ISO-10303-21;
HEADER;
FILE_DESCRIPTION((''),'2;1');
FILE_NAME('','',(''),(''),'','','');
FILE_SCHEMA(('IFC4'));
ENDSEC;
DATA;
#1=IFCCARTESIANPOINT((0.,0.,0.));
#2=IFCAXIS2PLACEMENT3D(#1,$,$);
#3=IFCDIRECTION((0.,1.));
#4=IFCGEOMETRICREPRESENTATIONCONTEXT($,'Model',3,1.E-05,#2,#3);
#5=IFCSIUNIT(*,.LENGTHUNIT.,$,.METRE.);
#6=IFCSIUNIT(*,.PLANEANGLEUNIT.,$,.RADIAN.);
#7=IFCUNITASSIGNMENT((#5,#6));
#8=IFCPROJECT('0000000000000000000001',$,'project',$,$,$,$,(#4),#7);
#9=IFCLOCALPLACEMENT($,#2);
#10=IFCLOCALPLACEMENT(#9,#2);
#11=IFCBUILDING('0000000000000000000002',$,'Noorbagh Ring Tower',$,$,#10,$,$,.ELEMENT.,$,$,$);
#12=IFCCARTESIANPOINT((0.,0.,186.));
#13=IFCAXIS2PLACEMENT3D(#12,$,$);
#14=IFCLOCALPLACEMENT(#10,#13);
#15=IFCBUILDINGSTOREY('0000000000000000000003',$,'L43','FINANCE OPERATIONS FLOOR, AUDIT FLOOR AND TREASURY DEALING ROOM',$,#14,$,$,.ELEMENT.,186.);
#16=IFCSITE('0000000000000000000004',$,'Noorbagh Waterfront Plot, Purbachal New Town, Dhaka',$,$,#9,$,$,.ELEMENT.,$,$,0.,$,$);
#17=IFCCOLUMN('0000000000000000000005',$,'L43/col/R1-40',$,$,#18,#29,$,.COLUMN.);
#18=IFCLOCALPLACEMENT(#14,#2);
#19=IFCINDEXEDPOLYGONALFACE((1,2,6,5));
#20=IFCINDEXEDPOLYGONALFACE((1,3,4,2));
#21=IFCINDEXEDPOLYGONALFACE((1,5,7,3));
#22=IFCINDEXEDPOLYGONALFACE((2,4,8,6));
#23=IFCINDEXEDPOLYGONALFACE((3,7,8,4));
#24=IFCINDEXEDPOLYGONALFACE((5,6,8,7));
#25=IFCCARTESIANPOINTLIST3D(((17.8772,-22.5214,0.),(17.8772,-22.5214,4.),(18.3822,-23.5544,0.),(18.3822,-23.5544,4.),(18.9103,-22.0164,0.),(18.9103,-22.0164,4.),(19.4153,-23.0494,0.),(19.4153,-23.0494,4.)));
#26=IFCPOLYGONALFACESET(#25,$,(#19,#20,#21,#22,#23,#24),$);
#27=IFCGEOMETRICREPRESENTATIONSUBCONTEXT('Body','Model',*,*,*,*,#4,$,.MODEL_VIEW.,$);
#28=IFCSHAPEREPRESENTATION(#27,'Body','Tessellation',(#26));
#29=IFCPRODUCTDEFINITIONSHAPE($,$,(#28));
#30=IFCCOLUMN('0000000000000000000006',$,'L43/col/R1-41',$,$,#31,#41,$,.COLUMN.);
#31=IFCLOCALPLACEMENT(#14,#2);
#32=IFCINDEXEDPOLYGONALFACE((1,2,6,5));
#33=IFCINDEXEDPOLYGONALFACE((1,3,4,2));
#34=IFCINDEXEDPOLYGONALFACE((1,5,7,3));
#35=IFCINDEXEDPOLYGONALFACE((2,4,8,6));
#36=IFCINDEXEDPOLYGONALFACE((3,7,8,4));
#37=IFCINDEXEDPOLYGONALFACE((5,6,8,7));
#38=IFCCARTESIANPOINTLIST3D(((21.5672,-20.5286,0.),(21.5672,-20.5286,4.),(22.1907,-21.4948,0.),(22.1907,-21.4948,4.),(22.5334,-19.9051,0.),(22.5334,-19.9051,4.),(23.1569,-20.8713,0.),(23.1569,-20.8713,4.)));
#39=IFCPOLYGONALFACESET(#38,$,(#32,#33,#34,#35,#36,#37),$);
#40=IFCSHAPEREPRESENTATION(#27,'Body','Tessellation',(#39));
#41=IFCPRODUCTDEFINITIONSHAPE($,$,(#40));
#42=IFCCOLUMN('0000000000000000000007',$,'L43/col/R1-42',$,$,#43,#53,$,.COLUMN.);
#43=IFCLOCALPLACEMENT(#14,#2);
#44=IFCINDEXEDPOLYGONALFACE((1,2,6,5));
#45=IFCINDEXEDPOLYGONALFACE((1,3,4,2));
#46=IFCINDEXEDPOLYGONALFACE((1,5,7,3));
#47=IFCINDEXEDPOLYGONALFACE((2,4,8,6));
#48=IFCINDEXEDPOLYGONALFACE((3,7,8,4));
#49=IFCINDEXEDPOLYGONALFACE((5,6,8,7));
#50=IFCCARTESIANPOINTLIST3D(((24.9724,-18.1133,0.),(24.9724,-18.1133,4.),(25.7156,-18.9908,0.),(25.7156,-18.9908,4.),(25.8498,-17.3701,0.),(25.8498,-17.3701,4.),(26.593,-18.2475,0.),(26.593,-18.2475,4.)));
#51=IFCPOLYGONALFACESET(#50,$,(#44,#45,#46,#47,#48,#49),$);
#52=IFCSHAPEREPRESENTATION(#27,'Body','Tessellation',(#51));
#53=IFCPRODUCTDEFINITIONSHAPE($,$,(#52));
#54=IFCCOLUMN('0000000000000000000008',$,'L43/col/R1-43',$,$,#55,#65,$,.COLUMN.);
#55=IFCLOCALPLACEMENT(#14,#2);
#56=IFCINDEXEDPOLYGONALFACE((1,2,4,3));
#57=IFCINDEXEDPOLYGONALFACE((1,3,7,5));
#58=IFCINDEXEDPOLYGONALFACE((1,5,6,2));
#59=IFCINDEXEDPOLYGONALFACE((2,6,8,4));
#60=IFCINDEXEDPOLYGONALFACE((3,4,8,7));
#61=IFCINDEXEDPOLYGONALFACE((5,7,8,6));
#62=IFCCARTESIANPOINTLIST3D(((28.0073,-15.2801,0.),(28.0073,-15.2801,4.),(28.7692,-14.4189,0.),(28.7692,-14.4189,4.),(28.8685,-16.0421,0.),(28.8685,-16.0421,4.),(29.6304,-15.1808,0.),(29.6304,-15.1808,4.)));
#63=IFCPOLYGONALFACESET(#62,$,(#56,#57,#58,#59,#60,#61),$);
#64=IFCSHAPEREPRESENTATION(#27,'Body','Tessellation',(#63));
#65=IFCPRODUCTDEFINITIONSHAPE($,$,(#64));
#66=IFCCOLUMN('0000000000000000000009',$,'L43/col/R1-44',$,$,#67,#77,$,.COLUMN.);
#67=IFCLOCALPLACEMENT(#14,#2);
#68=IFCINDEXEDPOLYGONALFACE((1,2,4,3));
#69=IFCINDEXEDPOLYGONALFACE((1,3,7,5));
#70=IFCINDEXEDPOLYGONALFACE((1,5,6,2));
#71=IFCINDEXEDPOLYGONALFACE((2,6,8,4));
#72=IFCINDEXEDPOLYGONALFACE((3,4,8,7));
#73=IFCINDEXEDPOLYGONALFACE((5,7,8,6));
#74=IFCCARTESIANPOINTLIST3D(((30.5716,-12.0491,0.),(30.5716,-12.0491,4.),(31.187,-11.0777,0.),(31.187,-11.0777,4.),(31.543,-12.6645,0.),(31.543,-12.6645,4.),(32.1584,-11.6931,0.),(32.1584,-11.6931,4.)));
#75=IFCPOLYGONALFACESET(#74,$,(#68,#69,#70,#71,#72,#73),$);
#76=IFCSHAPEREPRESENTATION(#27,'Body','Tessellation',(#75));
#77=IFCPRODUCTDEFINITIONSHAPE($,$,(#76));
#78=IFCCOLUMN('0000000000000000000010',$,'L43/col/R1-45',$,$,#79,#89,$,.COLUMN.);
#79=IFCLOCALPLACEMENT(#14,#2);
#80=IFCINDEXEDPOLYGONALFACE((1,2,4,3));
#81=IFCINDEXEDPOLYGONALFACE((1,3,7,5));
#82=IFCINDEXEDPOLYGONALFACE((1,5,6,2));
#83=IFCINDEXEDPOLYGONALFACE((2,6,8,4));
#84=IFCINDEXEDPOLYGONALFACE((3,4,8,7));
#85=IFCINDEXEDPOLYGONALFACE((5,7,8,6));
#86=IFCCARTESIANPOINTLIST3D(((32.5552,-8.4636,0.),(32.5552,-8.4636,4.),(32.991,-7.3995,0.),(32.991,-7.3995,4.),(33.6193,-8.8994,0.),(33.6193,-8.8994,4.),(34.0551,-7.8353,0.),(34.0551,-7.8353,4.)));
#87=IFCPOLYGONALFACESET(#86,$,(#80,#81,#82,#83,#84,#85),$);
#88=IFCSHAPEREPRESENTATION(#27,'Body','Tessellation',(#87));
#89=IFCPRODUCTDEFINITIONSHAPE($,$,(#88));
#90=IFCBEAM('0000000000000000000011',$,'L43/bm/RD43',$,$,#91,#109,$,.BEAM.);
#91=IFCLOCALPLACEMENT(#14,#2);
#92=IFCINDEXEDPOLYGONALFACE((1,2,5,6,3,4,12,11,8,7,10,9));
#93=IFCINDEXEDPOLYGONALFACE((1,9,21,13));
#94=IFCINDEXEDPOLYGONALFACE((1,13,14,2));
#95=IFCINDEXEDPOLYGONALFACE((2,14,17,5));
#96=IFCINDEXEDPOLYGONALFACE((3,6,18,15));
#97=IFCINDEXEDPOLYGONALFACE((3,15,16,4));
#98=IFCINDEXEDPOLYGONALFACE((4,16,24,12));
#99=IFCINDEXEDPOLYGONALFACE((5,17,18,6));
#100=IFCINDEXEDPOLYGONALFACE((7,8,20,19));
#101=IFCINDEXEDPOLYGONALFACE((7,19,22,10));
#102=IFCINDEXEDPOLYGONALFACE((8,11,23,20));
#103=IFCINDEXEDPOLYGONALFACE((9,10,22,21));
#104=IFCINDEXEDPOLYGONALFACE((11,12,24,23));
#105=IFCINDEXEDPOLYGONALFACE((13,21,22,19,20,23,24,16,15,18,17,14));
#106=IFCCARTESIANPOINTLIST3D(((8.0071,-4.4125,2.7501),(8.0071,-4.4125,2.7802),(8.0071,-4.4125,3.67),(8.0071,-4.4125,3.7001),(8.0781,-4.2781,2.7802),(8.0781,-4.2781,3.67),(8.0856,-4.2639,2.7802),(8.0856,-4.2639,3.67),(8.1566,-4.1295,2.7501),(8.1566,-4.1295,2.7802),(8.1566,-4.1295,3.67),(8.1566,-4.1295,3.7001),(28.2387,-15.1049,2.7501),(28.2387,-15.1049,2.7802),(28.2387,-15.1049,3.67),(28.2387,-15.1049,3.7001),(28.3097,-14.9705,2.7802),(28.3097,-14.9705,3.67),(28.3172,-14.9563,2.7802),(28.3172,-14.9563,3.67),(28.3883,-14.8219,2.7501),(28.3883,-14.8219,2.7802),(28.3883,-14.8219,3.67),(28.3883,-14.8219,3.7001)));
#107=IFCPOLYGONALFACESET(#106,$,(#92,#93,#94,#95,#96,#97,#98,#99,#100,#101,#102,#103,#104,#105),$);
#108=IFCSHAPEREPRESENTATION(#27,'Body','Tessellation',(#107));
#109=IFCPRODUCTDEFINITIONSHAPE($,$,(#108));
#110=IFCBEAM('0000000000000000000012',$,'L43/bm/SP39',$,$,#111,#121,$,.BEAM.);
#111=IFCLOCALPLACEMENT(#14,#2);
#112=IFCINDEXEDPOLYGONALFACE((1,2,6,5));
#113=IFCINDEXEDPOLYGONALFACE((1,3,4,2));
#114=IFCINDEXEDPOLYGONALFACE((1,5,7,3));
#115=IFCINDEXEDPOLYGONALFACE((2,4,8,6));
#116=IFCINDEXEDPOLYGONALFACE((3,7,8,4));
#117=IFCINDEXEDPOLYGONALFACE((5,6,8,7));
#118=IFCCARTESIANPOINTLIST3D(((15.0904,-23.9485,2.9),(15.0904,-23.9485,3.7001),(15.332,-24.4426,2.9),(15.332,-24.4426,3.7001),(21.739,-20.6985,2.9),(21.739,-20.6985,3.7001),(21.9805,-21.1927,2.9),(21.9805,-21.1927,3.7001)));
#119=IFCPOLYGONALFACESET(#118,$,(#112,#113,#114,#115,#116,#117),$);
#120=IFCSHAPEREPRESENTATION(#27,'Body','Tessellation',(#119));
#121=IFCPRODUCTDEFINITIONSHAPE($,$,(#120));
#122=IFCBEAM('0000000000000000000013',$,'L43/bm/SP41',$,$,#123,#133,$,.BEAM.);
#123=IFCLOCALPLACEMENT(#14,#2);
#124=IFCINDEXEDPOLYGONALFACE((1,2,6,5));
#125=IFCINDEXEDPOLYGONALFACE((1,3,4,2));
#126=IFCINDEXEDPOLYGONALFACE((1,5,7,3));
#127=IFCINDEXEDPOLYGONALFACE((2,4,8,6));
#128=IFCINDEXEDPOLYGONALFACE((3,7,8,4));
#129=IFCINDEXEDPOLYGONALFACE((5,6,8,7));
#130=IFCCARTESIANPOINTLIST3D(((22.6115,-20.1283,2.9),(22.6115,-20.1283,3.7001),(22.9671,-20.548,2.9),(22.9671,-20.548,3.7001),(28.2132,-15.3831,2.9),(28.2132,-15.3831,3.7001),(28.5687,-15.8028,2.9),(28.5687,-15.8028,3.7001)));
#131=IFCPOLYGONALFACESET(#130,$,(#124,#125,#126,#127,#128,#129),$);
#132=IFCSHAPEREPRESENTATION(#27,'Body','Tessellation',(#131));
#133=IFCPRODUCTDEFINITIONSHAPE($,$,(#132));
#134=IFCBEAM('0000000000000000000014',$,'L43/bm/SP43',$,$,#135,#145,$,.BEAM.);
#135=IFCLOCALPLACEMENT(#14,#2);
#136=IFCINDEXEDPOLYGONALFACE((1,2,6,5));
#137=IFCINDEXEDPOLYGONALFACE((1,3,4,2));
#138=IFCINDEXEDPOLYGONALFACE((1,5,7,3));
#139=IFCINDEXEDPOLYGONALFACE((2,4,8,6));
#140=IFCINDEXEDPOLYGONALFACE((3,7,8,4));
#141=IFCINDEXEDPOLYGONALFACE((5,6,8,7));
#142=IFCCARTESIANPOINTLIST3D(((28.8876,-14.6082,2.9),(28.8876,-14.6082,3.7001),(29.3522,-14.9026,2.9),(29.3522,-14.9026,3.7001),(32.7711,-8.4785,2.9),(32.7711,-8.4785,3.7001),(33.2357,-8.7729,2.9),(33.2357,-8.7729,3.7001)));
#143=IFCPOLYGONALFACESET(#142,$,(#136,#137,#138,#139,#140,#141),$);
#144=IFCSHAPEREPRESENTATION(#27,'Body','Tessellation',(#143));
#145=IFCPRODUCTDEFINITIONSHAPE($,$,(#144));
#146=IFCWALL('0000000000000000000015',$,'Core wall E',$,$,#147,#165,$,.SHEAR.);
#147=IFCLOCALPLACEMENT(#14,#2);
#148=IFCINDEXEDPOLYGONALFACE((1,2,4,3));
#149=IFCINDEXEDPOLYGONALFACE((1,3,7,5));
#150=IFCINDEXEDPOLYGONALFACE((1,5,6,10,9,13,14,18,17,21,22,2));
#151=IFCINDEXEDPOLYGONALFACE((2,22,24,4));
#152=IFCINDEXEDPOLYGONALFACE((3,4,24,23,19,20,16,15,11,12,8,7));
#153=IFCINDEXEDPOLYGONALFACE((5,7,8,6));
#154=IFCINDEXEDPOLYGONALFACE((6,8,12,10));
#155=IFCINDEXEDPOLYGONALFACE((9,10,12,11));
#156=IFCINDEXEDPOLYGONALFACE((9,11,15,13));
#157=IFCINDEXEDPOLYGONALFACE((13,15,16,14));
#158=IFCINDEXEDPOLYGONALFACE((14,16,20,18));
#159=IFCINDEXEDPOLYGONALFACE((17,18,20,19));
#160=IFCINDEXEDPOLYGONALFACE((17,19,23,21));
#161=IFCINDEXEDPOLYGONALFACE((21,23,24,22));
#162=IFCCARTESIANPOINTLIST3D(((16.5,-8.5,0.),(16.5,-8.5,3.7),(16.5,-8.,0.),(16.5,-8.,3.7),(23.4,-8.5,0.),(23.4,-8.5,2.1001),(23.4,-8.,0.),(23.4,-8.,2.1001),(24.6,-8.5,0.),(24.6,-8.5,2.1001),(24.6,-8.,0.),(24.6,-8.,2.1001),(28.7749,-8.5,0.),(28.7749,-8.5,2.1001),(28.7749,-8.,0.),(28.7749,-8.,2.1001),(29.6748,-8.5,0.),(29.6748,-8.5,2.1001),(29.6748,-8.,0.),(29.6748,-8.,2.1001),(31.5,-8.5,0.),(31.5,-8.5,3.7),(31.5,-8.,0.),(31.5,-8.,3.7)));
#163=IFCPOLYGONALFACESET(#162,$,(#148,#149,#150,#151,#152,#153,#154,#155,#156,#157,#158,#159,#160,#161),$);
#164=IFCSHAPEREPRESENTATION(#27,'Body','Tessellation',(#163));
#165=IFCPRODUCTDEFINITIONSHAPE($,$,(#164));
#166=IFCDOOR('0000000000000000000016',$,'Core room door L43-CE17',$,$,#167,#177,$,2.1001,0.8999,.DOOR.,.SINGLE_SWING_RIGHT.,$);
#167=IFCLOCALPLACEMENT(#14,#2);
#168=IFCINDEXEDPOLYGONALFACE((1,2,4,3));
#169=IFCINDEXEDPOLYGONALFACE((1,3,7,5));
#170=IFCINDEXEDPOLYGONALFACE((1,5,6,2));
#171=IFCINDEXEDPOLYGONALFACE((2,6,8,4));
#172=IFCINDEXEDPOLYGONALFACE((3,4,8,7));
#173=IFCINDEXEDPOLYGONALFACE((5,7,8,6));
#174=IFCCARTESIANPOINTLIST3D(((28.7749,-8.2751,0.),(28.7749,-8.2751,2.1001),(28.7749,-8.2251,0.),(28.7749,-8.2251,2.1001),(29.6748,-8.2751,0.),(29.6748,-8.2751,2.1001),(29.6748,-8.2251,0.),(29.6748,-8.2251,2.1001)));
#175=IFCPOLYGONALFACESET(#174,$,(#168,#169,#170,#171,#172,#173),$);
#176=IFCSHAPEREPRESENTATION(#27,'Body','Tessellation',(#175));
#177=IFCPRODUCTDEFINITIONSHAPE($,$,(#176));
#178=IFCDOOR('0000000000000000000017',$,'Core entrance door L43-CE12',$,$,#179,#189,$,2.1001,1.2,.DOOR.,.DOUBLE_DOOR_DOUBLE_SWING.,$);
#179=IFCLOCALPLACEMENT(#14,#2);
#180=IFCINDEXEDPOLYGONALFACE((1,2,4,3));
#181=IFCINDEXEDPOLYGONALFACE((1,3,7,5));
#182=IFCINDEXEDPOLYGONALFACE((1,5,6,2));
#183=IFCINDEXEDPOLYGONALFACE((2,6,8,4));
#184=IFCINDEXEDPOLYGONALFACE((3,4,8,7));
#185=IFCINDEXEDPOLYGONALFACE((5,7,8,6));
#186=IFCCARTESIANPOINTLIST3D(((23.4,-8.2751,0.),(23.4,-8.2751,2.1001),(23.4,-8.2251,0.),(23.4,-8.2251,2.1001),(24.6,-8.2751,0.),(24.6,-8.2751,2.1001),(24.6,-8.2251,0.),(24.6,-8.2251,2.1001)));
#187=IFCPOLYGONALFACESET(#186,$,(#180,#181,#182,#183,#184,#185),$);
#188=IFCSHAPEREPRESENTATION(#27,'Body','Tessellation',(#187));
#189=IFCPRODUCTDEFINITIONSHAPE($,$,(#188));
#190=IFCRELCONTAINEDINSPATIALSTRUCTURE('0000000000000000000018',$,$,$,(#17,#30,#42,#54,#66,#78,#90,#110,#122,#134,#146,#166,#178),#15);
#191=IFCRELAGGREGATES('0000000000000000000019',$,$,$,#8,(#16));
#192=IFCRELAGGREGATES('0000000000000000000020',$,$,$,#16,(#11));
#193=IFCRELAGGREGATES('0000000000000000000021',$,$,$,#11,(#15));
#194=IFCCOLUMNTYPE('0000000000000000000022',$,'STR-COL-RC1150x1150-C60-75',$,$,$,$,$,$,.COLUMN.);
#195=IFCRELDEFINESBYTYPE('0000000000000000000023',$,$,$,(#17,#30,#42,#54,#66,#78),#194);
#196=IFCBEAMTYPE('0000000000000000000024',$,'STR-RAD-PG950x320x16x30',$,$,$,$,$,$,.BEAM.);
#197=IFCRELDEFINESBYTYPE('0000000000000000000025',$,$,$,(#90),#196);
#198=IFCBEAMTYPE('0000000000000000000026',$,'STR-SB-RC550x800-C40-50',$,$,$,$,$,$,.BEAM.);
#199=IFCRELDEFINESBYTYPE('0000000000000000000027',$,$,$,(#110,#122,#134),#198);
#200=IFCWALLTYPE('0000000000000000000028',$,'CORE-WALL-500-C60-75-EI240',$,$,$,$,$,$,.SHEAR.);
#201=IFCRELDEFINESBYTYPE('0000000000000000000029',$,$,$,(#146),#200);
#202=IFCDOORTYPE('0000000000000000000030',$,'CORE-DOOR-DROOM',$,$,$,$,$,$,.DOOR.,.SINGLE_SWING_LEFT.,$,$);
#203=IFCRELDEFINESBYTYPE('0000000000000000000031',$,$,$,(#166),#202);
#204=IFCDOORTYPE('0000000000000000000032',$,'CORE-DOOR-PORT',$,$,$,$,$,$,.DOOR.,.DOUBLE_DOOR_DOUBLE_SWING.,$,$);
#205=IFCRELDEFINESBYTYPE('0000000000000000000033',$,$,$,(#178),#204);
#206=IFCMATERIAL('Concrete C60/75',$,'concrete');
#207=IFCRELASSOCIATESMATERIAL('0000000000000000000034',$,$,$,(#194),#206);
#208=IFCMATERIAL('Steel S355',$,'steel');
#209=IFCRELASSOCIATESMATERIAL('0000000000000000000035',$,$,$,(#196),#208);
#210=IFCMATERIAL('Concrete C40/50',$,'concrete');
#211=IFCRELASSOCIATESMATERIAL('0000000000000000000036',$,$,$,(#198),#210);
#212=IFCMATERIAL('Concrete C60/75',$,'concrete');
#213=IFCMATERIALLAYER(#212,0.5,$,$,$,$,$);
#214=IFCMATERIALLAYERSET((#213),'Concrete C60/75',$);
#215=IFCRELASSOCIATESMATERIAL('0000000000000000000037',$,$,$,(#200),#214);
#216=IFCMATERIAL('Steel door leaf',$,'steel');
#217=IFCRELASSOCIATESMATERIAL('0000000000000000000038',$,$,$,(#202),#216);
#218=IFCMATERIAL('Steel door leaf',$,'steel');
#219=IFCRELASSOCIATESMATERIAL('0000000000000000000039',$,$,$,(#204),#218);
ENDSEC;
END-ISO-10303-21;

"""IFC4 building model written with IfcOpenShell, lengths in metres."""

from ifc_helpers import new_model, si_unit, direction, frame, frame_2d, origin, origin_2d, place, context, subcontext, project, spatial, rectangle, i_section, extrude, material, layer, layer_set, material_profile, profile_set, type_object, element, fill, save


model = new_model("IFC4")

# Units and contexts
model_context = context("Model", 3, precision=1e-05, world=origin(), true_north=direction((0.0, 1.0)))
body_context = subcontext(model_context, "Body", "Model", "MODEL_VIEW")
ifc_project = project(units=[si_unit("LENGTHUNIT", "METRE"), si_unit("PLANEANGLEUNIT", "RADIAN")], contexts=[model_context])

# Site, building, storey
site_placement = place(None, origin())
site = spatial("IfcSite", under=ifc_project, at=site_placement, Name="Noorbagh Waterfront Plot, Purbachal New Town, Dhaka", CompositionType="ELEMENT", RefElevation=0.0)
building_placement = place(site_placement, origin())
building = spatial("IfcBuilding", under=site, at=building_placement, Name="Noorbagh Ring Tower", CompositionType="ELEMENT")
storey_placement = place(building_placement, frame((0.0, 0.0, 186.0)))
storey = spatial("IfcBuildingStorey", under=building, at=storey_placement, Name="L43", Description="FINANCE OPERATIONS FLOOR, AUDIT FLOOR AND TREASURY DEALING ROOM", CompositionType="ELEMENT", Elevation=186.0)

# Columns
ifc_material_1 = material(Name="Concrete C60/75", Category="concrete")
ifc_material_profile_1 = material_profile(ifc_material_1, rectangle(XDim=1.1499, YDim=1.1499, at=origin_2d()), Name="RC1150x1150")
ifc_profile_set_1 = profile_set([ifc_material_profile_1], Name="Concrete C60/75")
column_type = type_object("IfcColumnType", Name="STR-COL-RC1150x1150-C60-75", PredefinedType="COLUMN", material=ifc_profile_set_1)
for number, where, z_axis, x_axis, name in (
    (1, (18.6462, -22.7854, 0.0), (0.0, 0.0, 1.0), (0.898399, 0.43918, 0.0), "L43/col/R1-40"),
    (2, (22.3621, -20.7, 0.0), (0.0, 0.0, 1.0), (0.840248, 0.542203, 0.0), "L43/col/R1-41"),
    (3, (25.7827, -18.1804, 0.0), (0.0, 0.0, 1.0), (0.763035, 0.646357, 0.0), "L43/col/R1-42"),
    (4, (28.8188, -15.2305, 0.0), (0.0, 0.0, 1.0), (0.662636, 0.748942, 0.0), "L43/col/R1-43"),
    (5, (31.365, -11.8711, 0.0), (0.0, 0.0, 1.0), (0.53519, 0.844731, 0.0), "L43/col/R1-44"),
    (6, (33.3052, -8.1494, 0.0), (0.0, 0.0, 1.0), (0.378989, 0.925401, 0.0), "L43/col/R1-45"),
):
    element("IfcColumn", number, at=place(storey_placement, frame(where, z_axis=z_axis, x_axis=x_axis)), inside=storey, type_object=column_type, Name=name, PredefinedType="COLUMN", context=body_context, shape_type="SweptSolid", body=[
        extrude(rectangle(XDim=1.1499, YDim=1.1499, at=origin_2d()), origin(), (0.0, 0.0, 1.0), 4.0),
    ])

# Beams
ifc_material_2 = material(Name="Steel S355", Category="steel")
ifc_material_profile_2 = material_profile(ifc_material_2, i_section(OverallWidth=0.3201, OverallDepth=0.95, WebThickness=0.0161, FlangeThickness=0.03, at=origin_2d()), Name="PG950x320x16x30")
ifc_profile_set_2 = profile_set([ifc_material_profile_2], Name="Steel S355")
beam_type_1 = type_object("IfcBeamType", Name="STR-RAD-PG950x320x16x30", PredefinedType="BEAM", material=ifc_profile_set_2)
beam_1_placement = place(storey_placement, frame((28.3135, -14.9634, 3.2251), z_axis=(-0.884122, 0.467256, 0.0), x_axis=(-0.467256, -0.884122, 0.0)))
element("IfcBeam", 7, at=beam_1_placement, inside=storey, type_object=beam_type_1, Name="L43/bm/RD43", PredefinedType="BEAM", context=body_context, shape_type="SweptSolid", body=[
    extrude(i_section(OverallWidth=0.3201, OverallDepth=0.95, WebThickness=0.0161, FlangeThickness=0.03, at=origin_2d()), origin(), (0.0, 0.0, 1.0), 22.8833),
])
ifc_material_3 = material(Name="Concrete C40/50", Category="concrete")
ifc_material_profile_3 = material_profile(ifc_material_3, rectangle(XDim=0.55, YDim=0.8, at=origin_2d()), Name="RC550x800")
ifc_profile_set_3 = profile_set([ifc_material_profile_3], Name="Concrete C40/50")
beam_type_2 = type_object("IfcBeamType", Name="STR-SB-RC550x800-C40-50", PredefinedType="BEAM", material=ifc_profile_set_3)
beam_2_placement = place(storey_placement, frame((15.2112, -24.1956, 3.3), z_axis=(0.898409, 0.439159, 0.0), x_axis=(-0.439159, 0.898409, 0.0)))
element("IfcBeam", 8, at=beam_2_placement, inside=storey, type_object=beam_type_2, Name="L43/bm/SP39", PredefinedType="BEAM", context=body_context, shape_type="SweptSolid", body=[
    extrude(rectangle(XDim=0.55, YDim=0.8, at=origin_2d()), origin(), (0.0, 0.0, 1.0), 7.4004),
])
beam_3_placement = place(storey_placement, frame((22.7893, -20.3381, 3.3), z_axis=(0.763028, 0.646366, 0.0), x_axis=(-0.646366, 0.763028, 0.0)))
element("IfcBeam", 9, at=beam_3_placement, inside=storey, type_object=beam_type_2, Name="L43/bm/SP41", PredefinedType="BEAM", context=body_context, shape_type="SweptSolid", body=[
    extrude(rectangle(XDim=0.55, YDim=0.8, at=origin_2d()), origin(), (0.0, 0.0, 1.0), 7.3413),
])
beam_4_placement = place(storey_placement, frame((29.1199, -14.7554, 3.3), z_axis=(0.535194, 0.844729, 0.0), x_axis=(-0.844729, 0.535194, 0.0)))
element("IfcBeam", 10, at=beam_4_placement, inside=storey, type_object=beam_type_2, Name="L43/bm/SP43", PredefinedType="BEAM", context=body_context, shape_type="SweptSolid", body=[
    extrude(rectangle(XDim=0.55, YDim=0.8, at=origin_2d()), origin(), (0.0, 0.0, 1.0), 7.2563),
])

# Wall, openings, doors
ifc_material_4 = material(Name="Concrete C60/75", Category="concrete")
ifc_layer_1 = layer(ifc_material_4, 0.5)
ifc_layer_set_1 = layer_set([ifc_layer_1], Name="Concrete C60/75")
wall_type_1 = type_object("IfcWallType", Name="CORE-WALL-500-C60-75-EI240", PredefinedType="SHEAR", material=ifc_layer_set_1)
wall_1_placement = place(storey_placement, frame((16.5, -8.25, 0.0), z_axis=(0.0, 0.0, 1.0), x_axis=(1.0, 0.0, 0.0)))
wall_1 = element("IfcWall", 11, at=wall_1_placement, inside=storey, type_object=wall_type_1, Name="Core wall E", PredefinedType="SHEAR", context=body_context, shape_type="SweptSolid", body=[
    extrude(rectangle(XDim=15.0, YDim=0.5, at=frame_2d((7.5, 0.0))), origin(), (0.0, 0.0, 1.0), 3.7),
])
opening_1_placement = place(wall_1_placement, frame((6.8999, 0.0, 0.0)))
opening_1 = element("IfcOpeningElement", 12, at=opening_1_placement, cuts=wall_1, PredefinedType="OPENING", context=body_context, shape_type="SweptSolid", body=[
    extrude(rectangle(XDim=1.2, YDim=2.1001, at=frame_2d((0.6001, 1.05))), frame((0.0, 0.26, 0.0), z_axis=(0.0, -1.0, 0.0), x_axis=(1.0, 0.0, 0.0)), (0.0, 0.0, 1.0), 0.52),
])
opening_2_placement = place(wall_1_placement, frame((12.2749, 0.0, 0.0)))
opening_2 = element("IfcOpeningElement", 13, at=opening_2_placement, cuts=wall_1, PredefinedType="OPENING", context=body_context, shape_type="SweptSolid", body=[
    extrude(rectangle(XDim=0.8999, YDim=2.1001, at=frame_2d((0.45, 1.05))), frame((0.0, 0.26, 0.0), z_axis=(0.0, -1.0, 0.0), x_axis=(1.0, 0.0, 0.0)), (0.0, 0.0, 1.0), 0.52),
])
ifc_material_5 = material(Name="Steel door leaf", Category="steel")
door_type_1 = type_object("IfcDoorType", Name="CORE-DOOR-DROOM", OperationType="SINGLE_SWING_LEFT", PredefinedType="DOOR", material=ifc_material_5)
door_1_placement = place(opening_2_placement, origin())
door_1 = element("IfcDoor", 14, at=door_1_placement, inside=storey, type_object=door_type_1, Name="Core room door L43-CE17", OperationType="SINGLE_SWING_RIGHT", OverallHeight=2.1001, OverallWidth=0.8999, PredefinedType="DOOR", context=body_context, shape_type="SweptSolid", body=[
    extrude(rectangle(XDim=0.8999, YDim=2.1001, at=frame_2d((0.45, 1.05))), frame((0.0, 0.0249, 0.0), z_axis=(0.0, -1.0, 0.0), x_axis=(1.0, 0.0, 0.0)), (0.0, 0.0, 1.0), 0.05),
])
fill(opening_2, door_1)
ifc_material_6 = material(Name="Steel door leaf", Category="steel")
door_type_2 = type_object("IfcDoorType", Name="CORE-DOOR-PORT", OperationType="DOUBLE_DOOR_DOUBLE_SWING", PredefinedType="DOOR", material=ifc_material_6)
door_2_placement = place(opening_1_placement, origin())
door_2 = element("IfcDoor", 15, at=door_2_placement, inside=storey, type_object=door_type_2, Name="Core entrance door L43-CE12", OperationType="DOUBLE_DOOR_DOUBLE_SWING", OverallHeight=2.1001, OverallWidth=1.2, PredefinedType="DOOR", context=body_context, shape_type="SweptSolid", body=[
    extrude(rectangle(XDim=1.2, YDim=2.1001, at=frame_2d((0.6001, 1.05))), frame((0.0, 0.0249, 0.0), z_axis=(0.0, -1.0, 0.0), x_axis=(1.0, 0.0, 0.0)), (0.0, 0.0, 1.0), 0.05),
])
fill(opening_1, door_2)

save(model, "model.ifc")
